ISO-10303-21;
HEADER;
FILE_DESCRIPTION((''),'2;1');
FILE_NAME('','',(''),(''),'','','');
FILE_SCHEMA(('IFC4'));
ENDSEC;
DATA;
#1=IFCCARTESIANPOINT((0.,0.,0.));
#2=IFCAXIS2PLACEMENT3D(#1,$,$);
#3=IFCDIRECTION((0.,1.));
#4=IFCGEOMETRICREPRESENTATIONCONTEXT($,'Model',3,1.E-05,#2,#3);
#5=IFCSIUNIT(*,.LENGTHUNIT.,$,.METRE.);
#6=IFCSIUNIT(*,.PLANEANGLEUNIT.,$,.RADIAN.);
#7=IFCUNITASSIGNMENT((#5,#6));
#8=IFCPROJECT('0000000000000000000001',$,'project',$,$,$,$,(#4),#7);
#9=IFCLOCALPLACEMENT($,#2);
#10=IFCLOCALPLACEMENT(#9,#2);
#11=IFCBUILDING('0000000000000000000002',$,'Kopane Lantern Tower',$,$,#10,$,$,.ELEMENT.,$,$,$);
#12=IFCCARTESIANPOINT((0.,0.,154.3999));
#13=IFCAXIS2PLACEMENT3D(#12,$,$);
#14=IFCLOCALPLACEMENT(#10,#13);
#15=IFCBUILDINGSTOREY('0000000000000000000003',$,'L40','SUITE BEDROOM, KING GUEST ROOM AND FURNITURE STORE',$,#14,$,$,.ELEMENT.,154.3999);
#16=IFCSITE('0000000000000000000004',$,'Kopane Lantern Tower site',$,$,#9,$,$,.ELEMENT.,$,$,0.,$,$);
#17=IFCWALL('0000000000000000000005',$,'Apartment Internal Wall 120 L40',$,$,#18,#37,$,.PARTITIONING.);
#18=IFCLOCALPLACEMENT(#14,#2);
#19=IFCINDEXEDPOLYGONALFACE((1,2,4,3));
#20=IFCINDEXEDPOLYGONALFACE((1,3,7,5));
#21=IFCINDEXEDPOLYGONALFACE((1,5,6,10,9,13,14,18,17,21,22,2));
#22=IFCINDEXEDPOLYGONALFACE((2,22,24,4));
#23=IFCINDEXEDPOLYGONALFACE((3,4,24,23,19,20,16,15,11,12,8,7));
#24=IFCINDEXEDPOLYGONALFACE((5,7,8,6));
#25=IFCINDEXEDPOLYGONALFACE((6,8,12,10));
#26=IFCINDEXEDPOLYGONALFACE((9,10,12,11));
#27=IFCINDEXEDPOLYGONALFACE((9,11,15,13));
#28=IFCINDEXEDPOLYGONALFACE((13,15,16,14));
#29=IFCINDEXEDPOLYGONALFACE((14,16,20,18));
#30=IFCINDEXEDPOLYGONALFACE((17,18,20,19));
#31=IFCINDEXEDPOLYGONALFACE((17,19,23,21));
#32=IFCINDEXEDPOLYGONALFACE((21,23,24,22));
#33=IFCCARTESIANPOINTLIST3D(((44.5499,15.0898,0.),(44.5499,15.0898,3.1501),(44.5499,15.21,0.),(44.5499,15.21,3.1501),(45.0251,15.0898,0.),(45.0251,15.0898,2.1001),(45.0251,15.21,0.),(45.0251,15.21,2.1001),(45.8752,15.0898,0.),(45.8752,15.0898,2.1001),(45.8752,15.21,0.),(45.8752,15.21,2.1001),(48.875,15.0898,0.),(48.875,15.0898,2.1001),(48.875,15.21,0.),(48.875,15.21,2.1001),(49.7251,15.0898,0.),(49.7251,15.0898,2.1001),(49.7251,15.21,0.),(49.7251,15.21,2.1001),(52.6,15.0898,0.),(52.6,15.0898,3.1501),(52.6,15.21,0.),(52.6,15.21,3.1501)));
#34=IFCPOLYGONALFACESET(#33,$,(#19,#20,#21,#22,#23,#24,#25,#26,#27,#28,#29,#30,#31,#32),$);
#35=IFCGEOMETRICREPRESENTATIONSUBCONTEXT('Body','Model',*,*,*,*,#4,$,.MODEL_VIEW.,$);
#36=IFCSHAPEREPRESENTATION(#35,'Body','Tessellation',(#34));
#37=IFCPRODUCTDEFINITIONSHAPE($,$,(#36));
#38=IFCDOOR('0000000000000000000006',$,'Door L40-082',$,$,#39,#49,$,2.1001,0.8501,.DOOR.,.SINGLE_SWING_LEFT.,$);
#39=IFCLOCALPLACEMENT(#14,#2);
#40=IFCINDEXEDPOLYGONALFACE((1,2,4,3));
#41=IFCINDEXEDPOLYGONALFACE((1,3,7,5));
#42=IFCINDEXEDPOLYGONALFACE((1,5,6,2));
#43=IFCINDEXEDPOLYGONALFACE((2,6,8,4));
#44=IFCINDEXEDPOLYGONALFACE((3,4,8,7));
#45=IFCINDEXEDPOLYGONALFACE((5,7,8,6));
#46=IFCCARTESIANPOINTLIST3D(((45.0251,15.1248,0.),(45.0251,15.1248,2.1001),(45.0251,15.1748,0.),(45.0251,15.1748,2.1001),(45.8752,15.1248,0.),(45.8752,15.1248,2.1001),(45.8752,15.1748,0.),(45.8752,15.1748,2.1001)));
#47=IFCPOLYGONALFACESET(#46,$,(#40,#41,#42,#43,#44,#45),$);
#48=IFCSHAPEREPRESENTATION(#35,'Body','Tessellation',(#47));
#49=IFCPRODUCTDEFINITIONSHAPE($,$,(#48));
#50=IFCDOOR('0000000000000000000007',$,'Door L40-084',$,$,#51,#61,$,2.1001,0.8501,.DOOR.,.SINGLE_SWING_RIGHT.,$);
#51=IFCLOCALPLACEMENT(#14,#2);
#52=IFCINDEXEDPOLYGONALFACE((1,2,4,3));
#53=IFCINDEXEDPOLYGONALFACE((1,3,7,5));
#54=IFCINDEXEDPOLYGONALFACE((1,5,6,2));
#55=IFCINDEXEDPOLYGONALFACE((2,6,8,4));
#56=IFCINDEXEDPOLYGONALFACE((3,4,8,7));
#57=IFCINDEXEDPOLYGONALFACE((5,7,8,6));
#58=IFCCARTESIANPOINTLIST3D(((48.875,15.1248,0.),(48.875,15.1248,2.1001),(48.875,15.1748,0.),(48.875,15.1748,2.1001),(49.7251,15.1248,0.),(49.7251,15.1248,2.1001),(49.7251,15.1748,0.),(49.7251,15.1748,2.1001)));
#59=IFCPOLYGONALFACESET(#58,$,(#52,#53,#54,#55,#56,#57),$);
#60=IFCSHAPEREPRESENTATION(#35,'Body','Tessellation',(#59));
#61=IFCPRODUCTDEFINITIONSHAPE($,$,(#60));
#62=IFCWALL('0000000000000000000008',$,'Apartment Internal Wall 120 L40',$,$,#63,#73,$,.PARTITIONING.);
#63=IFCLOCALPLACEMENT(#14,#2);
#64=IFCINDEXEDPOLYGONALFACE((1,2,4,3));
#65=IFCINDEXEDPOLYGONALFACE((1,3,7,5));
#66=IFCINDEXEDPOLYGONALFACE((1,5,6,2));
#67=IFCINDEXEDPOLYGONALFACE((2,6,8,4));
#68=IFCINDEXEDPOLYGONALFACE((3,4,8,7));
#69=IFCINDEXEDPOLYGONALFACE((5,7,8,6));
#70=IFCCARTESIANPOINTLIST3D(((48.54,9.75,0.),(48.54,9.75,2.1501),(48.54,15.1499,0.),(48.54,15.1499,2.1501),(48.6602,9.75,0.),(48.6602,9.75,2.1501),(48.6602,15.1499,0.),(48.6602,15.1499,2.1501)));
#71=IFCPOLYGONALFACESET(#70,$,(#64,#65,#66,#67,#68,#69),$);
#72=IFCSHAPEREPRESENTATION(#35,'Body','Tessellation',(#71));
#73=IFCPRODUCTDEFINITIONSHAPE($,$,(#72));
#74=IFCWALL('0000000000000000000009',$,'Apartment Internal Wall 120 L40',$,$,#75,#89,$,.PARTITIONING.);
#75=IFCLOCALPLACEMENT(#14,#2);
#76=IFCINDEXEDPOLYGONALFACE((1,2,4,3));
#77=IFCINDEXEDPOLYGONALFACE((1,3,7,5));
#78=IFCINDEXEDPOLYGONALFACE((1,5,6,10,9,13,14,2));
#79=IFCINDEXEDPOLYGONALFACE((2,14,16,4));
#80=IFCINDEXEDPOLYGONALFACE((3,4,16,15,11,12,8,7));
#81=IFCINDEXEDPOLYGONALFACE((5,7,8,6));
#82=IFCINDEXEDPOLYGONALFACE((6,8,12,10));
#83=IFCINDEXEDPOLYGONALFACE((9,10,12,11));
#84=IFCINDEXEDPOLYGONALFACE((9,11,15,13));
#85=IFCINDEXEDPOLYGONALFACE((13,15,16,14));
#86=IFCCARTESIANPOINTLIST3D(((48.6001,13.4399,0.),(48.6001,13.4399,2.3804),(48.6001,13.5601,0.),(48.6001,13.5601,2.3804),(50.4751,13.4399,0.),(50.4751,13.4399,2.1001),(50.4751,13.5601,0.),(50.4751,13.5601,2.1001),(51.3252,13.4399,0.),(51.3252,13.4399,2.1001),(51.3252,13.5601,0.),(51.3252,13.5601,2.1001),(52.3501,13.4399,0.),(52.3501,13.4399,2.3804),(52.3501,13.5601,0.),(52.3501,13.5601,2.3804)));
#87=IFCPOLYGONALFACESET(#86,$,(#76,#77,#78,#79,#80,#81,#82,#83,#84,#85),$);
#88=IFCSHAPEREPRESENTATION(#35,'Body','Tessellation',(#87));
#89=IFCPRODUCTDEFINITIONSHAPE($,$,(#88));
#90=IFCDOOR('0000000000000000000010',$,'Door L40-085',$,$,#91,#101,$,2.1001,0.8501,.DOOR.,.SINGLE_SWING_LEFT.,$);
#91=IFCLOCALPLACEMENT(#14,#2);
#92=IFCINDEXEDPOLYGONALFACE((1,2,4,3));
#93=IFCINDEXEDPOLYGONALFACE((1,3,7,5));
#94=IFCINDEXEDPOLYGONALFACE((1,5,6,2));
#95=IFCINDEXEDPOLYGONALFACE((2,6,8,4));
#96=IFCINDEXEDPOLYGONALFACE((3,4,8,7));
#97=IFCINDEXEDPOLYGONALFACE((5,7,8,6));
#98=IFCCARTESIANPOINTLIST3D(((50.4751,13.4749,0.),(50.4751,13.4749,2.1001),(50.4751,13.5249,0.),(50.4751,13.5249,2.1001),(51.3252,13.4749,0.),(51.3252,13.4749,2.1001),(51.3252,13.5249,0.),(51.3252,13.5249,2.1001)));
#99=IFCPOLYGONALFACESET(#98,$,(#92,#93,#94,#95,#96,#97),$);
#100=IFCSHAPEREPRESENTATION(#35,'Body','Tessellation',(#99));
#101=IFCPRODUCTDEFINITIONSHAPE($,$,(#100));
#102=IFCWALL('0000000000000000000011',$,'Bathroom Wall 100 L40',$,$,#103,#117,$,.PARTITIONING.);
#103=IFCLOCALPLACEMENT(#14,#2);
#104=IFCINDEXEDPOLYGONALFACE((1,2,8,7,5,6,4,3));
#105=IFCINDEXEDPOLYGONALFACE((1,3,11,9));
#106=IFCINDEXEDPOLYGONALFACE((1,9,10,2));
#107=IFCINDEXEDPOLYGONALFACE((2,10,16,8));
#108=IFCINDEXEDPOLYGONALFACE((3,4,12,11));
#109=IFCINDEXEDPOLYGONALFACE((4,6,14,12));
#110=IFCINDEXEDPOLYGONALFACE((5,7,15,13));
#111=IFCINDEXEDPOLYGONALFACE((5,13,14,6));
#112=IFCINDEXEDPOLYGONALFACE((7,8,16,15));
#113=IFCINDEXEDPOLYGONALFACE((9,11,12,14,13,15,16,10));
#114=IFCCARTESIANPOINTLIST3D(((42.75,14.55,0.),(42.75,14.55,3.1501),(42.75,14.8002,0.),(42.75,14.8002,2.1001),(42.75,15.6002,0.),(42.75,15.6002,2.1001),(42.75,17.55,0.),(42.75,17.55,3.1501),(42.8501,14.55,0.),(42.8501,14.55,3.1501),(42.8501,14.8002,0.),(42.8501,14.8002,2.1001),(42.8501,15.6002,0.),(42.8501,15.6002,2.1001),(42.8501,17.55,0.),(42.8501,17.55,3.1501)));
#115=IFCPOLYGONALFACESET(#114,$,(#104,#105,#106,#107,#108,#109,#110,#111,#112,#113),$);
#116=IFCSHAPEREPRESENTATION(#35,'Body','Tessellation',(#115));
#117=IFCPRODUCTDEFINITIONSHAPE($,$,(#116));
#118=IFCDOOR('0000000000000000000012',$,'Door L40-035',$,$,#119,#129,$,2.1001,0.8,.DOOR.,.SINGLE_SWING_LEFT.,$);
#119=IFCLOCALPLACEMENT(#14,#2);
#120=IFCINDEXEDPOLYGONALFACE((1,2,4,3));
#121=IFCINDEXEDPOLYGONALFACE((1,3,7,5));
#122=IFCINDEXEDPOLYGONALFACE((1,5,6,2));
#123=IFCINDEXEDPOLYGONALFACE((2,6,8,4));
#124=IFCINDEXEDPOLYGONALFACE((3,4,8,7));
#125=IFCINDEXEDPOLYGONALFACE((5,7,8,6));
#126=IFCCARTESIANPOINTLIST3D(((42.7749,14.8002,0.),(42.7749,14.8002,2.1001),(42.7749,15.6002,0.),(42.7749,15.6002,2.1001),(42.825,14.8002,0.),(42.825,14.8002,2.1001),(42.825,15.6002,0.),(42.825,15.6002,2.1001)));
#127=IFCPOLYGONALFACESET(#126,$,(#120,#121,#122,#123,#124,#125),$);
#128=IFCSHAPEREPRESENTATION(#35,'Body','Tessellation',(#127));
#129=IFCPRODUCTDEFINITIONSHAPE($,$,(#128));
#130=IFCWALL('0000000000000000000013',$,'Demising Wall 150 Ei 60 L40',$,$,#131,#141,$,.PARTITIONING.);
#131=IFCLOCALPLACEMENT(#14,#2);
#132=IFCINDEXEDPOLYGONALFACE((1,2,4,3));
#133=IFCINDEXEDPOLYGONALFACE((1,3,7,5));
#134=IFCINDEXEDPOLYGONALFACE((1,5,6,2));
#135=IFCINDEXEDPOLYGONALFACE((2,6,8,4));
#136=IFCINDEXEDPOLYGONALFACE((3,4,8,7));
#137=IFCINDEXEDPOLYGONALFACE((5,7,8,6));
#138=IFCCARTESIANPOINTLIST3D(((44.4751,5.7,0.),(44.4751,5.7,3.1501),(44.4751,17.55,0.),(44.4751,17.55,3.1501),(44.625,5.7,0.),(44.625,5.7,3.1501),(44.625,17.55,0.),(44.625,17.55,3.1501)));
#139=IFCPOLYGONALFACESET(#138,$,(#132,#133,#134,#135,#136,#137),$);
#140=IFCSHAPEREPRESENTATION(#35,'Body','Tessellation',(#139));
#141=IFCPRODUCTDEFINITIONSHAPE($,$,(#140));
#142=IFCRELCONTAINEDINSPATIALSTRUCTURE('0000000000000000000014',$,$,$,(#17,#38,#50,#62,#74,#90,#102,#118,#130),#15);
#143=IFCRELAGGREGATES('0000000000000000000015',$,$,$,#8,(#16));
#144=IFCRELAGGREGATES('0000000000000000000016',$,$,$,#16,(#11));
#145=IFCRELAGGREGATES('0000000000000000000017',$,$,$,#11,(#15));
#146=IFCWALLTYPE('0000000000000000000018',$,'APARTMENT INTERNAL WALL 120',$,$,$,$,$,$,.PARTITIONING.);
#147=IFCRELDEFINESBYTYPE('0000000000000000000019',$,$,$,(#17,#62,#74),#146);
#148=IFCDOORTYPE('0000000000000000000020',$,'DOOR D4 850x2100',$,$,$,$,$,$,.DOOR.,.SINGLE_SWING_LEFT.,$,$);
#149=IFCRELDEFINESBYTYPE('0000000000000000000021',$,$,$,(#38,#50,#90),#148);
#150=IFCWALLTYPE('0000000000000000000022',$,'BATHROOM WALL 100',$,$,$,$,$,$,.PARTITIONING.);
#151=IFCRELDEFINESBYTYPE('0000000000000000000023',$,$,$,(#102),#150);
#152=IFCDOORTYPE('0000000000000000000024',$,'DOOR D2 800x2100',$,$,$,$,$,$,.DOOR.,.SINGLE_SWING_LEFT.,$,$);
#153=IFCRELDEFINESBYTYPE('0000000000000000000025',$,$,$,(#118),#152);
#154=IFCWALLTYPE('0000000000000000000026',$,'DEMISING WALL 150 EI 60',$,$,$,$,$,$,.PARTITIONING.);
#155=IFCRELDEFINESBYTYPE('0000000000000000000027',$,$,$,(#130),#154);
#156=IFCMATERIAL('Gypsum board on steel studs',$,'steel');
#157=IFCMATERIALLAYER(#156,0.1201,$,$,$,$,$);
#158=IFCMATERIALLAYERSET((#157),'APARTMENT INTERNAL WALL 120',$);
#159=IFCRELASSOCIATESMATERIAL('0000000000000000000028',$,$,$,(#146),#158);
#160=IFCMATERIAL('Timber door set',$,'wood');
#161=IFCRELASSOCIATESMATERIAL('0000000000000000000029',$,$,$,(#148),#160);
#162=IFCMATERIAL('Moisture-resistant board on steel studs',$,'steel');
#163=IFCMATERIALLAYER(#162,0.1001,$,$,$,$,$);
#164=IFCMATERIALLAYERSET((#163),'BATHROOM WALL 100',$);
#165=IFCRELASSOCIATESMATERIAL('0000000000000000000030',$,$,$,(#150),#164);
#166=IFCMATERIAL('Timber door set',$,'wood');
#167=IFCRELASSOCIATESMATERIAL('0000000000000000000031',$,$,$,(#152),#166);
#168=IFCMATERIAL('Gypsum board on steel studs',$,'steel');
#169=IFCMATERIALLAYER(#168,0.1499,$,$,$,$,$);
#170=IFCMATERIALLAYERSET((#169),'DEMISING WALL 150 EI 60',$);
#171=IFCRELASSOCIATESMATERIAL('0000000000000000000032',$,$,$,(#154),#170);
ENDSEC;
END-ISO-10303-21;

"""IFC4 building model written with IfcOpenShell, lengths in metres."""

from ifc_helpers import new_model, si_unit, direction, frame, frame_2d, origin, place, context, subcontext, project, spatial, rectangle, extrude, material, layer, layer_set, type_object, element, fill, save


model = new_model("IFC4")

# Units and contexts
model_context = context("Model", 3, precision=1e-05, world=origin(), true_north=direction((0.0, 1.0)))
body_context = subcontext(model_context, "Body", "Model", "MODEL_VIEW")
ifc_project = project(units=[si_unit("LENGTHUNIT", "METRE"), si_unit("PLANEANGLEUNIT", "RADIAN")], contexts=[model_context])

# Site, building, storey
site_placement = place(None, origin())
site = spatial("IfcSite", under=ifc_project, at=site_placement, Name="Kopane Lantern Tower site", CompositionType="ELEMENT", RefElevation=0.0)
building_placement = place(site_placement, origin())
building = spatial("IfcBuilding", under=site, at=building_placement, Name="Kopane Lantern Tower", CompositionType="ELEMENT")
storey_placement = place(building_placement, frame((0.0, 0.0, 154.3999)))
storey = spatial("IfcBuildingStorey", under=building, at=storey_placement, Name="L40", Description="SUITE BEDROOM, KING GUEST ROOM AND FURNITURE STORE", CompositionType="ELEMENT", Elevation=154.3999)

# Wall, openings, doors
ifc_material_1 = material(Name="Gypsum board on steel studs", Category="steel")
ifc_layer_1 = layer(ifc_material_1, 0.1201)
ifc_layer_set_1 = layer_set([ifc_layer_1], Name="APARTMENT INTERNAL WALL 120")
wall_type_1 = type_object("IfcWallType", Name="APARTMENT INTERNAL WALL 120", PredefinedType="PARTITIONING", material=ifc_layer_set_1)
wall_1_placement = place(storey_placement, frame((44.55, 15.1499, 0.0), z_axis=(0.0, 0.0, 1.0), x_axis=(1.0, 0.0, 0.0)))
wall_1 = element("IfcWall", 1, at=wall_1_placement, inside=storey, type_object=wall_type_1, Name="Apartment Internal Wall 120 L40", PredefinedType="PARTITIONING", context=body_context, shape_type="SweptSolid", body=[
    extrude(rectangle(XDim=8.05, YDim=0.1201, at=frame_2d((4.0249, 0.0))), origin(), (0.0, 0.0, 1.0), 3.1501),
])
opening_1_placement = place(wall_1_placement, frame((0.4751, 0.0, 0.0)))
opening_1 = element("IfcOpeningElement", 2, at=opening_1_placement, cuts=wall_1, PredefinedType="OPENING", context=body_context, shape_type="SweptSolid", body=[
    extrude(rectangle(XDim=0.8501, YDim=2.1001, at=frame_2d((0.425, 1.05))), frame((0.0, 0.0701, 0.0), z_axis=(0.0, -1.0, 0.0), x_axis=(1.0, 0.0, 0.0)), (0.0, 0.0, 1.0), 0.1401),
])
opening_2_placement = place(wall_1_placement, frame((4.325, 0.0, 0.0)))
opening_2 = element("IfcOpeningElement", 3, at=opening_2_placement, cuts=wall_1, PredefinedType="OPENING", context=body_context, shape_type="SweptSolid", body=[
    extrude(rectangle(XDim=0.8501, YDim=2.1001, at=frame_2d((0.425, 1.05))), frame((0.0, 0.0701, 0.0), z_axis=(0.0, -1.0, 0.0), x_axis=(1.0, 0.0, 0.0)), (0.0, 0.0, 1.0), 0.1401),
])
ifc_material_2 = material(Name="Timber door set", Category="wood")
door_type_1 = type_object("IfcDoorType", Name="DOOR D4 850x2100", OperationType="SINGLE_SWING_LEFT", PredefinedType="DOOR", material=ifc_material_2)
door_1_placement = place(opening_1_placement, origin())
door_1 = element("IfcDoor", 4, at=door_1_placement, inside=storey, type_object=door_type_1, Name="Door L40-082", OperationType="SINGLE_SWING_LEFT", OverallHeight=2.1001, OverallWidth=0.8501, PredefinedType="DOOR", context=body_context, shape_type="SweptSolid", body=[
    extrude(rectangle(XDim=0.8501, YDim=2.1001, at=frame_2d((0.425, 1.05))), frame((0.0, 0.0249, 0.0), z_axis=(0.0, -1.0, 0.0), x_axis=(1.0, 0.0, 0.0)), (0.0, 0.0, 1.0), 0.05),
])
fill(opening_1, door_1)
door_2_placement = place(opening_2_placement, origin())
door_2 = element("IfcDoor", 5, at=door_2_placement, inside=storey, type_object=door_type_1, Name="Door L40-084", OperationType="SINGLE_SWING_RIGHT", OverallHeight=2.1001, OverallWidth=0.8501, PredefinedType="DOOR", context=body_context, shape_type="SweptSolid", body=[
    extrude(rectangle(XDim=0.8501, YDim=2.1001, at=frame_2d((0.425, 1.05))), frame((0.0, 0.0249, 0.0), z_axis=(0.0, -1.0, 0.0), x_axis=(1.0, 0.0, 0.0)), (0.0, 0.0, 1.0), 0.05),
])
fill(opening_2, door_2)

# Wall
wall_2_placement = place(storey_placement, frame((48.6001, 15.1499, 0.0), z_axis=(0.0, 0.0, 1.0), x_axis=(0.0, -1.0, 0.0)))
element("IfcWall", 6, at=wall_2_placement, inside=storey, type_object=wall_type_1, Name="Apartment Internal Wall 120 L40", PredefinedType="PARTITIONING", context=body_context, shape_type="SweptSolid", body=[
    extrude(rectangle(XDim=5.3999, YDim=0.1201, at=frame_2d((2.7, 0.0))), origin(), (0.0, 0.0, 1.0), 2.1501),
])

# Walls, openings, doors
wall_3_placement = place(storey_placement, frame((48.6001, 13.5, 0.0), z_axis=(0.0, 0.0, 1.0), x_axis=(1.0, 0.0, 0.0)))
wall_3 = element("IfcWall", 7, at=wall_3_placement, inside=storey, type_object=wall_type_1, Name="Apartment Internal Wall 120 L40", PredefinedType="PARTITIONING", context=body_context, shape_type="SweptSolid", body=[
    extrude(rectangle(XDim=3.75, YDim=0.1201, at=frame_2d((1.875, 0.0))), origin(), (0.0, 0.0, 1.0), 2.3804),
])
opening_3_placement = place(wall_3_placement, frame((1.875, 0.0, 0.0)))
opening_3 = element("IfcOpeningElement", 8, at=opening_3_placement, cuts=wall_3, PredefinedType="OPENING", context=body_context, shape_type="SweptSolid", body=[
    extrude(rectangle(XDim=0.8501, YDim=2.1001, at=frame_2d((0.425, 1.05))), frame((0.0, 0.0701, 0.0), z_axis=(0.0, -1.0, 0.0), x_axis=(1.0, 0.0, 0.0)), (0.0, 0.0, 1.0), 0.1401),
])
door_3_placement = place(opening_3_placement, origin())
door_3 = element("IfcDoor", 9, at=door_3_placement, inside=storey, type_object=door_type_1, Name="Door L40-085", OperationType="SINGLE_SWING_LEFT", OverallHeight=2.1001, OverallWidth=0.8501, PredefinedType="DOOR", context=body_context, shape_type="SweptSolid", body=[
    extrude(rectangle(XDim=0.8501, YDim=2.1001, at=frame_2d((0.425, 1.05))), frame((0.0, 0.0249, 0.0), z_axis=(0.0, -1.0, 0.0), x_axis=(1.0, 0.0, 0.0)), (0.0, 0.0, 1.0), 0.05),
])
fill(opening_3, door_3)
ifc_material_3 = material(Name="Moisture-resistant board on steel studs", Category="steel")
ifc_layer_2 = layer(ifc_material_3, 0.1001)
ifc_layer_set_2 = layer_set([ifc_layer_2], Name="BATHROOM WALL 100")
wall_type_2 = type_object("IfcWallType", Name="BATHROOM WALL 100", PredefinedType="PARTITIONING", material=ifc_layer_set_2)
wall_4_placement = place(storey_placement, frame((42.8, 17.55, 0.0), z_axis=(0.0, 0.0, 1.0), x_axis=(0.0, -1.0, 0.0)))
wall_4 = element("IfcWall", 10, at=wall_4_placement, inside=storey, type_object=wall_type_2, Name="Bathroom Wall 100 L40", PredefinedType="PARTITIONING", context=body_context, shape_type="SweptSolid", body=[
    extrude(rectangle(XDim=3.0, YDim=0.1001, at=frame_2d((1.5, 0.0))), origin(), (0.0, 0.0, 1.0), 3.1501),
])
opening_4_placement = place(wall_4_placement, frame((1.95, 0.0, 0.0)))
opening_4 = element("IfcOpeningElement", 11, at=opening_4_placement, cuts=wall_4, PredefinedType="OPENING", context=body_context, shape_type="SweptSolid", body=[
    extrude(rectangle(XDim=0.8, YDim=2.1001, at=frame_2d((0.3999, 1.05))), frame((0.0, 0.0601, 0.0), z_axis=(0.0, -1.0, 0.0), x_axis=(1.0, 0.0, 0.0)), (0.0, 0.0, 1.0), 0.1201),
])
ifc_material_4 = material(Name="Timber door set", Category="wood")
door_type_2 = type_object("IfcDoorType", Name="DOOR D2 800x2100", OperationType="SINGLE_SWING_LEFT", PredefinedType="DOOR", material=ifc_material_4)
door_4_placement = place(opening_4_placement, origin())
door_4 = element("IfcDoor", 12, at=door_4_placement, inside=storey, type_object=door_type_2, Name="Door L40-035", OperationType="SINGLE_SWING_LEFT", OverallHeight=2.1001, OverallWidth=0.8, PredefinedType="DOOR", context=body_context, shape_type="SweptSolid", body=[
    extrude(rectangle(XDim=0.8, YDim=2.1001, at=frame_2d((0.3999, 1.05))), frame((0.0, 0.0249, 0.0), z_axis=(0.0, -1.0, 0.0), x_axis=(1.0, 0.0, 0.0)), (0.0, 0.0, 1.0), 0.05),
])
fill(opening_4, door_4)

# Wall
ifc_material_5 = material(Name="Gypsum board on steel studs", Category="steel")
ifc_layer_3 = layer(ifc_material_5, 0.1499)
ifc_layer_set_3 = layer_set([ifc_layer_3], Name="DEMISING WALL 150 EI 60")
wall_type_3 = type_object("IfcWallType", Name="DEMISING WALL 150 EI 60", PredefinedType="PARTITIONING", material=ifc_layer_set_3)
wall_5_placement = place(storey_placement, frame((44.55, 17.55, 0.0), z_axis=(0.0, 0.0, 1.0), x_axis=(0.0, -1.0, 0.0)))
element("IfcWall", 13, at=wall_5_placement, inside=storey, type_object=wall_type_3, Name="Demising Wall 150 Ei 60 L40", PredefinedType="PARTITIONING", context=body_context, shape_type="SweptSolid", body=[
    extrude(rectangle(XDim=11.8501, YDim=0.1499, at=frame_2d((5.925, 0.0))), origin(), (0.0, 0.0, 1.0), 3.1501),
])

save(model, "model.ifc")
